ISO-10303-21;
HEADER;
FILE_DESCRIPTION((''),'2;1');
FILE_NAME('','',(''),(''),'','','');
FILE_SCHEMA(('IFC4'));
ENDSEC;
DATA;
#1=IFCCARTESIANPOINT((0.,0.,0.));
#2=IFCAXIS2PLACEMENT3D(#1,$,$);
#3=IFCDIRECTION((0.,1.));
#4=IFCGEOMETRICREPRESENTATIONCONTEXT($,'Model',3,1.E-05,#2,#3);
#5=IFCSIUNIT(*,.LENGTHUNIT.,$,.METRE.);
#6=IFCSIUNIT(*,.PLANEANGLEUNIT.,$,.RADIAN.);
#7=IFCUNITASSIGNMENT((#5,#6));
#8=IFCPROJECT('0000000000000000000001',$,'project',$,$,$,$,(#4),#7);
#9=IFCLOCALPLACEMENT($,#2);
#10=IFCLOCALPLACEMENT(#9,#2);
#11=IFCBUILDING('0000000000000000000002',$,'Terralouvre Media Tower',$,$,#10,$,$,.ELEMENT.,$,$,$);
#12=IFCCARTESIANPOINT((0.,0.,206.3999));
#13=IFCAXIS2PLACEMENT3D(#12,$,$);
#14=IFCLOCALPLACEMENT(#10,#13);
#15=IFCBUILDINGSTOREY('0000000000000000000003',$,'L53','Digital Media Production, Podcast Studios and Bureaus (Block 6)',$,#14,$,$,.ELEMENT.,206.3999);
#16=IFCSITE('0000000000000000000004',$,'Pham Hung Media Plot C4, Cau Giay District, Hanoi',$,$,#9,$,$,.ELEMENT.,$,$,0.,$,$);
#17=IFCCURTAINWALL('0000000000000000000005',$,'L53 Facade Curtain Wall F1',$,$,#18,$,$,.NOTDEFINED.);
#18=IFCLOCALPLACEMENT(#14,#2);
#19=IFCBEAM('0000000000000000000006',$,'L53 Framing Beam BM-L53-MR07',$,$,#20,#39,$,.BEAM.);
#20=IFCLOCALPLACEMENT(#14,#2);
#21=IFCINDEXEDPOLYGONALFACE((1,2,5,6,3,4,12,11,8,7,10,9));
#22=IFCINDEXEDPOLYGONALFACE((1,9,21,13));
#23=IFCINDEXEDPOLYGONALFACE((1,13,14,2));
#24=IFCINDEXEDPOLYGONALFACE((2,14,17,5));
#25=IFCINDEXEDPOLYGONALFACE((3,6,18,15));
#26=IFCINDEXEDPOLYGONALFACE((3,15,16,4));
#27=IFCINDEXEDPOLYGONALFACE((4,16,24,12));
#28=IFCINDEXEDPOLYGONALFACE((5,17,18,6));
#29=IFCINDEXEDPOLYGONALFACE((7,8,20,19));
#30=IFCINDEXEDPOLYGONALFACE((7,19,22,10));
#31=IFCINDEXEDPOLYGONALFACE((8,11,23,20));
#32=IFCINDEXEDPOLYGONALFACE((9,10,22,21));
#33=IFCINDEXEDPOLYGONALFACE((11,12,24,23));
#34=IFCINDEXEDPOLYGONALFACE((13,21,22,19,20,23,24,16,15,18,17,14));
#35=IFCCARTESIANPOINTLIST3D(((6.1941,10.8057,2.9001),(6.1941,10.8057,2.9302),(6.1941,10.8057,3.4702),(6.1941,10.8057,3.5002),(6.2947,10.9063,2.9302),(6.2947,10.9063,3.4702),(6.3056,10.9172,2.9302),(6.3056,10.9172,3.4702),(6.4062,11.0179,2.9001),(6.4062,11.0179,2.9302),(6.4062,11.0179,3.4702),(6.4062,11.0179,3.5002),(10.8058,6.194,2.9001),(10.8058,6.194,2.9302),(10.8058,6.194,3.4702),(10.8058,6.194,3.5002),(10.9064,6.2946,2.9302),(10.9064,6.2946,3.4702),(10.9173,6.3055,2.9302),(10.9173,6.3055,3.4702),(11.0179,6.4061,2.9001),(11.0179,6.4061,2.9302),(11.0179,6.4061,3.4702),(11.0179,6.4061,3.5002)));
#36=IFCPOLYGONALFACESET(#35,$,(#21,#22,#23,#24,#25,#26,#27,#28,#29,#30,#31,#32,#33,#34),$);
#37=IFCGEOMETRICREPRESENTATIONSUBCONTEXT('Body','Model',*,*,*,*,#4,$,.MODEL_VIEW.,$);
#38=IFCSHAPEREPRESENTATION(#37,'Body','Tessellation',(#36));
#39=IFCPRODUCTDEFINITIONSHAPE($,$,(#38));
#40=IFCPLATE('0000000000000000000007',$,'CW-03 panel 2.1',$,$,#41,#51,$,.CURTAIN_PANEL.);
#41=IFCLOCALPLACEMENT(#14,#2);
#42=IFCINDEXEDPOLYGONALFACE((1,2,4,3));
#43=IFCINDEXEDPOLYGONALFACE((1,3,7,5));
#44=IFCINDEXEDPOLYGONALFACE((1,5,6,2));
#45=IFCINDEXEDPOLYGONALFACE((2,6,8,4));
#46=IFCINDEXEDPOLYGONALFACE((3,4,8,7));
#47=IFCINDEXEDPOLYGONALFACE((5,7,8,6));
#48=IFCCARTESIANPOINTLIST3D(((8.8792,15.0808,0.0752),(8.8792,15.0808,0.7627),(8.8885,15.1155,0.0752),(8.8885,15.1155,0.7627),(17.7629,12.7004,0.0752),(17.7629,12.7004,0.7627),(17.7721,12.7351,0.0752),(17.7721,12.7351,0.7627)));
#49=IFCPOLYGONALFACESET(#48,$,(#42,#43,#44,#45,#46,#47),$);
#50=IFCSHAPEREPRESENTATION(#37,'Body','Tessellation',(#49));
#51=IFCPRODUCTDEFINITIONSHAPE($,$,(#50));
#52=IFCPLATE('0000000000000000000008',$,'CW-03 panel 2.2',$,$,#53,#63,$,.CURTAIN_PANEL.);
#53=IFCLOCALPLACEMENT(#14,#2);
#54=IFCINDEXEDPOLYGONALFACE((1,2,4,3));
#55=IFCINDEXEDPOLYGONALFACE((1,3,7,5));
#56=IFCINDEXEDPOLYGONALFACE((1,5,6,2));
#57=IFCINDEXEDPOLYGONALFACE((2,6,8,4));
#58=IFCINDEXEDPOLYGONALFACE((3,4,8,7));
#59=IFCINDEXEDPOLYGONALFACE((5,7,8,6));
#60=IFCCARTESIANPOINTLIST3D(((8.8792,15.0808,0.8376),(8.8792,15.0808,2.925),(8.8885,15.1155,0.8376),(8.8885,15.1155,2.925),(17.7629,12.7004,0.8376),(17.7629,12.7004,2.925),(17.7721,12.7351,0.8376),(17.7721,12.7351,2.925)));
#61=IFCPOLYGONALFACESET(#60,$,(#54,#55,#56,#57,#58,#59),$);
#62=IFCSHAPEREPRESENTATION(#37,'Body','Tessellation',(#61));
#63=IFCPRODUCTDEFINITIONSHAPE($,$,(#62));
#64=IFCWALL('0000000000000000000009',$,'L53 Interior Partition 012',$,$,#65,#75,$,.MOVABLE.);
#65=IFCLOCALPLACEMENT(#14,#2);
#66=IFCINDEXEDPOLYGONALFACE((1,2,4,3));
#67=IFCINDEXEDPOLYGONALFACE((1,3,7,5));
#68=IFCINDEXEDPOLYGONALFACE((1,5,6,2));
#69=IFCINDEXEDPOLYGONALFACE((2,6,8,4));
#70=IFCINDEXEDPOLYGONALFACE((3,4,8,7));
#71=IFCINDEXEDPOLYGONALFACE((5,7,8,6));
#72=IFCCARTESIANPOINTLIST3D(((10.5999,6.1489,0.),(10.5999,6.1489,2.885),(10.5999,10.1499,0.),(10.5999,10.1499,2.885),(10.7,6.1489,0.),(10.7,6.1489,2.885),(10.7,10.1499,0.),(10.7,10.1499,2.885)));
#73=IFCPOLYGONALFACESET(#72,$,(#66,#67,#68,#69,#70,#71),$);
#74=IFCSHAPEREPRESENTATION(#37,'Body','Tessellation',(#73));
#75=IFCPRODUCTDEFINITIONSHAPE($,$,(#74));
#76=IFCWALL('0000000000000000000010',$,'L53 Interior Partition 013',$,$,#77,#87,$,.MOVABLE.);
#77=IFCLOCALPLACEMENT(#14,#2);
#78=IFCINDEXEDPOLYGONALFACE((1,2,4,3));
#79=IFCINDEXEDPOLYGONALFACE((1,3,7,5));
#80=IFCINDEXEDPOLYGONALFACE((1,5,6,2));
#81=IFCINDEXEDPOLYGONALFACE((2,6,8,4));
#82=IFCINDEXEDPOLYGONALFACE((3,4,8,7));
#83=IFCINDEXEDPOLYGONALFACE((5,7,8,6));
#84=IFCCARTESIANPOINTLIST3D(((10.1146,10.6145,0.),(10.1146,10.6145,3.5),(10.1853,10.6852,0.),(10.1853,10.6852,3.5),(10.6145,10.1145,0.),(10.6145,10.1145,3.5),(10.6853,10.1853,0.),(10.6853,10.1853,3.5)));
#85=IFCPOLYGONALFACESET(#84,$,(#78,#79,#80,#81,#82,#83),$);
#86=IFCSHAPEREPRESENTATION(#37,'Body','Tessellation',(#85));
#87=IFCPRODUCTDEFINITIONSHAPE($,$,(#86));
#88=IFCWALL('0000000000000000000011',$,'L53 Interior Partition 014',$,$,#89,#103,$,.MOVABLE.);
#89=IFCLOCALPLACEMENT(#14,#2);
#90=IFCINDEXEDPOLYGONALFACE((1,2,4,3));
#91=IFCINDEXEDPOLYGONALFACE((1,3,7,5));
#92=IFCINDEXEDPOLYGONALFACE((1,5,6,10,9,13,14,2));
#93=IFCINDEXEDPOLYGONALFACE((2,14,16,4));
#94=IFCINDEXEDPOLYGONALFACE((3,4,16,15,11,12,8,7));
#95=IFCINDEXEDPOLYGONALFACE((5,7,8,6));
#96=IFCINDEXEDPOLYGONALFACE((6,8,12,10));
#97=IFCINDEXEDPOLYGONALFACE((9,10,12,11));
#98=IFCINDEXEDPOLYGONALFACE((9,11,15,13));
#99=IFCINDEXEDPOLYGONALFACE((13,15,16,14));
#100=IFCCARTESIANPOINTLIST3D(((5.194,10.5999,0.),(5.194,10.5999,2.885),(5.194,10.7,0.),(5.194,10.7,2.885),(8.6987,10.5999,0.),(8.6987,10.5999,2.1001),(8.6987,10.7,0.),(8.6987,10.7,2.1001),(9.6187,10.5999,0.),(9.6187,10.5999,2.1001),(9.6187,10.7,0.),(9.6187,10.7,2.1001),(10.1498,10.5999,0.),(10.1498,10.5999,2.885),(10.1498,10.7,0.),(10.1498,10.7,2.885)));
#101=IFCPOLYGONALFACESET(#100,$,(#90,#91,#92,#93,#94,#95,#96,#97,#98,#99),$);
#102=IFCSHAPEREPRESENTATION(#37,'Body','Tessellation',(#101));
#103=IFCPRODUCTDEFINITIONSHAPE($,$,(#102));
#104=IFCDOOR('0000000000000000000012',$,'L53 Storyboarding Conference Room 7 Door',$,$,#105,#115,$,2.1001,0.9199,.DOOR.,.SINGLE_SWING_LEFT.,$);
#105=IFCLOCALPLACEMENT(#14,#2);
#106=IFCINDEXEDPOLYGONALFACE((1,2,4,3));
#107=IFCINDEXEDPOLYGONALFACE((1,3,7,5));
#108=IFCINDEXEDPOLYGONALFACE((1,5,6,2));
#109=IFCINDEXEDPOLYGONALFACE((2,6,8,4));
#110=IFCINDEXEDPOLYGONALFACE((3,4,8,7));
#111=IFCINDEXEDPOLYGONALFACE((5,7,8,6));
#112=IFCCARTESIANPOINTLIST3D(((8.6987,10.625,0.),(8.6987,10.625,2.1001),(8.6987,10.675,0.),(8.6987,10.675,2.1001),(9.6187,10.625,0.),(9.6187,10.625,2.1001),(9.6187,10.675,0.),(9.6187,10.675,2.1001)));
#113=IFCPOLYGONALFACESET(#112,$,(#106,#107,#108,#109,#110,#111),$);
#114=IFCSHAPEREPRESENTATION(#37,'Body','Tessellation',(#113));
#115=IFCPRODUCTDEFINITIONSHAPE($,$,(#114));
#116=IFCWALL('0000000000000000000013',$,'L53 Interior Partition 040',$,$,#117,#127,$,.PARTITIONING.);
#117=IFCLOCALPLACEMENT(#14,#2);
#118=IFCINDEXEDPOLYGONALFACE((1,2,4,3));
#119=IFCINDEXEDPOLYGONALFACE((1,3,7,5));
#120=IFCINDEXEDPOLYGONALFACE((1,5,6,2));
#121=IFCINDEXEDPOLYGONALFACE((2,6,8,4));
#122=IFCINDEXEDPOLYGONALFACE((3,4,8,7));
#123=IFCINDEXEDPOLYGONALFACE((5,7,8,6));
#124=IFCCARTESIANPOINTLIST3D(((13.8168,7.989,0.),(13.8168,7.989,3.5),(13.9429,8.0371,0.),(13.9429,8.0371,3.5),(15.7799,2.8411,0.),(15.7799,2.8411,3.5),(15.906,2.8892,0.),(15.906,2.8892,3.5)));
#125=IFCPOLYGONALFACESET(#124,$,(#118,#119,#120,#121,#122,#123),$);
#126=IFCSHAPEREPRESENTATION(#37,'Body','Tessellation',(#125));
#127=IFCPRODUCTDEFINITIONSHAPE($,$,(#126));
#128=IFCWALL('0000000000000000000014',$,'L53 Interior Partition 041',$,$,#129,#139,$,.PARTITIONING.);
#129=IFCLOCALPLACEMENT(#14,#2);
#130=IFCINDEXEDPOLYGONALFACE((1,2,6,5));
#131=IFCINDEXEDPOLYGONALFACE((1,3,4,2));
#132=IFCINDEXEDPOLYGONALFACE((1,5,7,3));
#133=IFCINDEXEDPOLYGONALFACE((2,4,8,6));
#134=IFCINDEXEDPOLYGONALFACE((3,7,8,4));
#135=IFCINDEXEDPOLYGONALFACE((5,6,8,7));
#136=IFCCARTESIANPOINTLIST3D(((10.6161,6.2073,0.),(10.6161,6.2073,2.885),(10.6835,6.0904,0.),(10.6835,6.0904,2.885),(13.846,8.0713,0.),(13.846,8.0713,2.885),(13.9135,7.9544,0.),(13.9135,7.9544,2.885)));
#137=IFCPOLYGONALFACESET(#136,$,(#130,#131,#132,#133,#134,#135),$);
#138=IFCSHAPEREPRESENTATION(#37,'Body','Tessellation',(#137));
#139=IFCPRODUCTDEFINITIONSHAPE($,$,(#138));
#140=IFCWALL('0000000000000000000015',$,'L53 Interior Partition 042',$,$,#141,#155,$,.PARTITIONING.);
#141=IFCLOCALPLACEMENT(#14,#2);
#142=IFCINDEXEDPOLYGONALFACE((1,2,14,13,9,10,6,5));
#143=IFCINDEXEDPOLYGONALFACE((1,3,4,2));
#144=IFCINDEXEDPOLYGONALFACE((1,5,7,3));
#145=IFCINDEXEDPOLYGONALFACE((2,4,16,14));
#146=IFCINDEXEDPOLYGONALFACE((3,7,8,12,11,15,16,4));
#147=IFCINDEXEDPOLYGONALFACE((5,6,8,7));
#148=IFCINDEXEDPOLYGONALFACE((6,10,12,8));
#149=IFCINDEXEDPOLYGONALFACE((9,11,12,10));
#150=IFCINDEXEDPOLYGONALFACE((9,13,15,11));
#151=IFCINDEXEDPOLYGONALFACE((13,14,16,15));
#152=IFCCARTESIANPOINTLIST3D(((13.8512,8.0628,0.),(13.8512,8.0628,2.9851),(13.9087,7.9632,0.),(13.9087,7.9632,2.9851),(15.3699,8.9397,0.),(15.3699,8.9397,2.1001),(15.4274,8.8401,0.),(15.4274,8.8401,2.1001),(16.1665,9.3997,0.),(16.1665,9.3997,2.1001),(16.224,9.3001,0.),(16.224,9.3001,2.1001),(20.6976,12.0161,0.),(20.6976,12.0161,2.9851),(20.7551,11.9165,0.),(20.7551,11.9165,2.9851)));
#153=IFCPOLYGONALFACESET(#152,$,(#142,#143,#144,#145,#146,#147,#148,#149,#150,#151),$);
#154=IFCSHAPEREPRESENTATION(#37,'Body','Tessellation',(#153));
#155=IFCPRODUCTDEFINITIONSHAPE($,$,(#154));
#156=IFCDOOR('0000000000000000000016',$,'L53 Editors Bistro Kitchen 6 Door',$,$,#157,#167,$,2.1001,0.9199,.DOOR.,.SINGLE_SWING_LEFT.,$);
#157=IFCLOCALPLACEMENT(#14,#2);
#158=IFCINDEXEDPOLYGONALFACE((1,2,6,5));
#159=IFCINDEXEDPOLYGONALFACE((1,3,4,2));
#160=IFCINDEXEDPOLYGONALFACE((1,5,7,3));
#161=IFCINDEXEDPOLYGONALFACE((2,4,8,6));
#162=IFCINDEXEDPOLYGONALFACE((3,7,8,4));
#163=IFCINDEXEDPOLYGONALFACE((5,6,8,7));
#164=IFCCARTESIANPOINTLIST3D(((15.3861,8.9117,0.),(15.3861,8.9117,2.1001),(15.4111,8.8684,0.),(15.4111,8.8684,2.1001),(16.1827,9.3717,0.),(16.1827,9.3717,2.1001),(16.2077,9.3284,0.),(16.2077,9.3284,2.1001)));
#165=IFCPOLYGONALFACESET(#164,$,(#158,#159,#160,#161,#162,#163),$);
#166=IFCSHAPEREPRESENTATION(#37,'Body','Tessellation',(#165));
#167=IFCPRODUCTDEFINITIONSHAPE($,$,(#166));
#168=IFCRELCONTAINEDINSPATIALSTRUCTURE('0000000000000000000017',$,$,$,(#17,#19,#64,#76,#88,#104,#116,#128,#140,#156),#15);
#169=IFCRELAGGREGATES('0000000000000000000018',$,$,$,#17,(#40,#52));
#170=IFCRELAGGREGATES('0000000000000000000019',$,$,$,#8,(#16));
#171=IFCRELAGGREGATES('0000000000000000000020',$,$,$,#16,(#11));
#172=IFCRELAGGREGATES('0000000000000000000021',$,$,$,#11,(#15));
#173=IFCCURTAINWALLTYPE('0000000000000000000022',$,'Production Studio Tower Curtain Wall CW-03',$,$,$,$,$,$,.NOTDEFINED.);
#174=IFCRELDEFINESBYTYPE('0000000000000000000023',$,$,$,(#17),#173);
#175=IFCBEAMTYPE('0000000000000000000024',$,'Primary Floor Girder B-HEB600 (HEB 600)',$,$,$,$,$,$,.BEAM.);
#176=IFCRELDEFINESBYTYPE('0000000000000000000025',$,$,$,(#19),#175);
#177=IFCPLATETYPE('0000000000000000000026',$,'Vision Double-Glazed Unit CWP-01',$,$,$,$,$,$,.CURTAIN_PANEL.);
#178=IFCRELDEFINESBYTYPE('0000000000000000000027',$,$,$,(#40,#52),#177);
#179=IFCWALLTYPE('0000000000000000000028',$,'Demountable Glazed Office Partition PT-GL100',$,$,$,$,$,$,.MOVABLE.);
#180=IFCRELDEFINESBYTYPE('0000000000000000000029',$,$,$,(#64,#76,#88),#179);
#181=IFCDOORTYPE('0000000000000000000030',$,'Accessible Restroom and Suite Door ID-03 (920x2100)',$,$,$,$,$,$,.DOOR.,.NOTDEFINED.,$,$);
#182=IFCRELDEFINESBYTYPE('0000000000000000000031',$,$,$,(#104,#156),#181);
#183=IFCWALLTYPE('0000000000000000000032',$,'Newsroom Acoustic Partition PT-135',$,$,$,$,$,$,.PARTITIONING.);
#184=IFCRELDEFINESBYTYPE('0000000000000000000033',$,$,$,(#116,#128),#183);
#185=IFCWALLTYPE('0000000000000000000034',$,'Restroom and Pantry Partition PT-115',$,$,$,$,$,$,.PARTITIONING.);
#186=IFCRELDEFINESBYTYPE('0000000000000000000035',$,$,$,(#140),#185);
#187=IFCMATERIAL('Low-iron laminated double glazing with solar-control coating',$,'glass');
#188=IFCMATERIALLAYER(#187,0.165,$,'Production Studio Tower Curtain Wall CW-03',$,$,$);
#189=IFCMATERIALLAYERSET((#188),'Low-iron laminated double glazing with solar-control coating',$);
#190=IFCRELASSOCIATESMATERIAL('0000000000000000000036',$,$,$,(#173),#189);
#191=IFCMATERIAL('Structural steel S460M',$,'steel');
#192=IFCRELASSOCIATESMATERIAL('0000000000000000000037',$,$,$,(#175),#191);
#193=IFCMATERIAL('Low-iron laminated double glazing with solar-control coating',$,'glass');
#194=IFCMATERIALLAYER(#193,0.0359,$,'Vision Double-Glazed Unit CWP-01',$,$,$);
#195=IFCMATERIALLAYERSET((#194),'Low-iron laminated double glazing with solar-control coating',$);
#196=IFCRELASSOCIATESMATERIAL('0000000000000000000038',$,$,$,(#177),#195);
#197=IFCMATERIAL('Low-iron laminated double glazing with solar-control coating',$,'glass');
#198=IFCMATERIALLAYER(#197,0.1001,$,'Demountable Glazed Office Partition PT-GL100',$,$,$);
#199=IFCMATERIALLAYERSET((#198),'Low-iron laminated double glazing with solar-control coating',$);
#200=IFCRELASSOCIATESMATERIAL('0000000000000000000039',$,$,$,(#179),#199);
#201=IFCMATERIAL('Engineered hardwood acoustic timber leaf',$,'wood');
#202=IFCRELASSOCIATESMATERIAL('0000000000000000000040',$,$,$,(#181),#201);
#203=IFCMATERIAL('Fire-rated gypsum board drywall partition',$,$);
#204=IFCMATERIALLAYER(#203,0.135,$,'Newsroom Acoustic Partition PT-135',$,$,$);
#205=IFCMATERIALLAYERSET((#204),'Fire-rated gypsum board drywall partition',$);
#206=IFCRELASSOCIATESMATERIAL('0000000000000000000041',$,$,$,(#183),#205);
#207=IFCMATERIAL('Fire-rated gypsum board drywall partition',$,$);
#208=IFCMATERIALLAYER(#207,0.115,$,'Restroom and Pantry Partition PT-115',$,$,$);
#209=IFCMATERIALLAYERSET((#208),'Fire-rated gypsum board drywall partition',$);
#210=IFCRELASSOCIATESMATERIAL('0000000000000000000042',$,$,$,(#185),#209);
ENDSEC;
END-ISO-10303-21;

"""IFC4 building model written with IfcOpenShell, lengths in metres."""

from ifc_helpers import new_model, si_unit, direction, frame, frame_2d, origin, origin_2d, place, context, subcontext, project, spatial, rectangle, i_section, extrude, material, layer, layer_set, material_profile, profile_set, type_object, element, fill, aggregate, save


model = new_model("IFC4")

# Units and contexts
model_context = context("Model", 3, precision=1e-05, world=origin(), true_north=direction((0.0, 1.0)))
body_context = subcontext(model_context, "Body", "Model", "MODEL_VIEW")
ifc_project = project(units=[si_unit("LENGTHUNIT", "METRE"), si_unit("PLANEANGLEUNIT", "RADIAN")], contexts=[model_context])

# Site, building, storey
site_placement = place(None, origin())
site = spatial("IfcSite", under=ifc_project, at=site_placement, Name="Pham Hung Media Plot C4, Cau Giay District, Hanoi", CompositionType="ELEMENT", RefElevation=0.0)
building_placement = place(site_placement, origin())
building = spatial("IfcBuilding", under=site, at=building_placement, Name="Terralouvre Media Tower", CompositionType="ELEMENT")
storey_placement = place(building_placement, frame((0.0, 0.0, 206.3999)))
storey = spatial("IfcBuildingStorey", under=building, at=storey_placement, Name="L53", Description="Digital Media Production, Podcast Studios and Bureaus (Block 6)", CompositionType="ELEMENT", Elevation=206.3999)

# Curtain wall
ifc_material_1 = material(Name="Low-iron laminated double glazing with solar-control coating", Category="glass")
ifc_layer_1 = layer(ifc_material_1, 0.165, Name="Production Studio Tower Curtain Wall CW-03")
ifc_layer_set_1 = layer_set([ifc_layer_1], Name="Low-iron laminated double glazing with solar-control coating")
curtain_wall_type = type_object("IfcCurtainWallType", Name="Production Studio Tower Curtain Wall CW-03", PredefinedType="NOTDEFINED", material=ifc_layer_set_1)
curtain_wall_placement = place(storey_placement, origin())
curtain_wall = element("IfcCurtainWall", 1, at=curtain_wall_placement, inside=storey, type_object=curtain_wall_type, Name="L53 Facade Curtain Wall F1", PredefinedType="NOTDEFINED")

# Beam
ifc_material_2 = material(Name="Structural steel S460M", Category="steel")
ifc_material_profile_1 = material_profile(ifc_material_2, i_section(OverallWidth=0.3, OverallDepth=0.6001, WebThickness=0.0154, FlangeThickness=0.03, at=origin_2d()), Name="HEB 600")
ifc_profile_set_1 = profile_set([ifc_material_profile_1], Name="Structural steel S460M")
beam_type_1 = type_object("IfcBeamType", Name="Primary Floor Girder B-HEB600 (HEB 600)", PredefinedType="BEAM", material=ifc_profile_set_1)
beam_1_placement = place(storey_placement, frame((10.9119, 6.3, 3.2002), z_axis=(-0.707107, 0.707107, 0.0), x_axis=(-0.707107, -0.707107, 0.0)))
element("IfcBeam", 2, at=beam_1_placement, inside=storey, type_object=beam_type_1, Name="L53 Framing Beam BM-L53-MR07", PredefinedType="BEAM", context=body_context, shape_type="SweptSolid", body=[
    extrude(i_section(OverallWidth=0.3, OverallDepth=0.6001, WebThickness=0.0154, FlangeThickness=0.03, at=origin_2d()), origin(), (0.0, 0.0, 1.0), 6.522),
])

# Plates
ifc_material_3 = material(Name="Low-iron laminated double glazing with solar-control coating", Category="glass")
ifc_layer_2 = layer(ifc_material_3, 0.0359, Name="Vision Double-Glazed Unit CWP-01")
ifc_layer_set_2 = layer_set([ifc_layer_2], Name="Low-iron laminated double glazing with solar-control coating")
plate_type = type_object("IfcPlateType", Name="Vision Double-Glazed Unit CWP-01", PredefinedType="CURTAIN_PANEL", material=ifc_layer_set_2)
plate_1_placement = place(storey_placement, frame((13.3257, 13.908, 0.0752), z_axis=(0.0, 0.0, 1.0), x_axis=(-0.965926, 0.258819, 0.0)))
plate_1 = element("IfcPlate", 3, at=plate_1_placement, type_object=plate_type, Name="CW-03 panel 2.1", PredefinedType="CURTAIN_PANEL", context=body_context, shape_type="SweptSolid", body=[
    extrude(rectangle(XDim=9.197, YDim=0.0359, at=origin_2d()), origin(), (0.0, 0.0, 1.0), 0.6875),
])
plate_2_placement = place(storey_placement, frame((13.3257, 13.908, 0.8376), z_axis=(0.0, 0.0, 1.0), x_axis=(-0.965926, 0.258819, 0.0)))
plate_2 = element("IfcPlate", 4, at=plate_2_placement, type_object=plate_type, Name="CW-03 panel 2.2", PredefinedType="CURTAIN_PANEL", context=body_context, shape_type="SweptSolid", body=[
    extrude(rectangle(XDim=9.197, YDim=0.0359, at=origin_2d()), origin(), (0.0, 0.0, 1.0), 2.0874),
])
aggregate(curtain_wall, [plate_1, plate_2])

# Walls
ifc_material_4 = material(Name="Low-iron laminated double glazing with solar-control coating", Category="glass")
ifc_layer_3 = layer(ifc_material_4, 0.1001, Name="Demountable Glazed Office Partition PT-GL100")
ifc_layer_set_3 = layer_set([ifc_layer_3], Name="Low-iron laminated double glazing with solar-control coating")
wall_type_1 = type_object("IfcWallType", Name="Demountable Glazed Office Partition PT-GL100", PredefinedType="MOVABLE", material=ifc_layer_set_3)
wall_1_placement = place(storey_placement, frame((10.6499, 6.1489, 0.0), z_axis=(0.0, 0.0, 1.0), x_axis=(0.0, 1.0, 0.0)))
element("IfcWall", 5, at=wall_1_placement, inside=storey, type_object=wall_type_1, Name="L53 Interior Partition 012", PredefinedType="MOVABLE", context=body_context, shape_type="SweptSolid", body=[
    extrude(rectangle(XDim=4.001, YDim=0.1001, at=frame_2d((2.0005, 0.0))), origin(), (0.0, 0.0, 1.0), 2.885),
])
wall_2_placement = place(storey_placement, frame((10.6499, 10.1499, 0.0), z_axis=(0.0, 0.0, 1.0), x_axis=(-0.707107, 0.707107, 0.0)))
element("IfcWall", 6, at=wall_2_placement, inside=storey, type_object=wall_type_1, Name="L53 Interior Partition 013", PredefinedType="MOVABLE", context=body_context, shape_type="SweptSolid", body=[
    extrude(rectangle(XDim=0.707, YDim=0.1001, at=frame_2d((0.3535, 0.0))), origin(), (0.0, 0.0, 1.0), 3.5),
])

# Wall, opening, door
wall_3_placement = place(storey_placement, frame((10.1499, 10.6499, 0.0), z_axis=(0.0, 0.0, 1.0), x_axis=(-1.0, 0.0, 0.0)))
wall_3 = element("IfcWall", 7, at=wall_3_placement, inside=storey, type_object=wall_type_1, Name="L53 Interior Partition 014", PredefinedType="MOVABLE", context=body_context, shape_type="SweptSolid", body=[
    extrude(rectangle(XDim=4.9558, YDim=0.1001, at=frame_2d((2.478, 0.0))), origin(), (0.0, 0.0, 1.0), 2.885),
])
opening_1_placement = place(wall_3_placement, frame((0.5312, 0.0, 0.0)))
opening_1 = element("IfcOpeningElement", 8, at=opening_1_placement, cuts=wall_3, PredefinedType="OPENING", context=body_context, shape_type="SweptSolid", body=[
    extrude(rectangle(XDim=0.9199, YDim=2.1001, at=frame_2d((0.46, 1.05))), frame((0.0, 0.0601, 0.0), z_axis=(0.0, -1.0, 0.0), x_axis=(1.0, 0.0, 0.0)), (0.0, 0.0, 1.0), 0.1201),
])
ifc_material_5 = material(Name="Engineered hardwood acoustic timber leaf", Category="wood")
door_type = type_object("IfcDoorType", Name="Accessible Restroom and Suite Door ID-03 (920x2100)", OperationType="NOTDEFINED", PredefinedType="DOOR", material=ifc_material_5)
door_1_placement = place(opening_1_placement, origin())
door_1 = element("IfcDoor", 9, at=door_1_placement, inside=storey, type_object=door_type, Name="L53 Storyboarding Conference Room 7 Door", OperationType="SINGLE_SWING_LEFT", OverallHeight=2.1001, OverallWidth=0.9199, PredefinedType="DOOR", context=body_context, shape_type="SweptSolid", body=[
    extrude(rectangle(XDim=0.9199, YDim=2.1001, at=frame_2d((0.46, 1.05))), frame((0.0, 0.0249, 0.0), z_axis=(0.0, -1.0, 0.0), x_axis=(1.0, 0.0, 0.0)), (0.0, 0.0, 1.0), 0.05),
])
fill(opening_1, door_1)

# Walls
ifc_material_6 = material(Name="Fire-rated gypsum board drywall partition")
ifc_layer_4 = layer(ifc_material_6, 0.135, Name="Newsroom Acoustic Partition PT-135")
ifc_layer_set_4 = layer_set([ifc_layer_4], Name="Fire-rated gypsum board drywall partition")
wall_type_2 = type_object("IfcWallType", Name="Newsroom Acoustic Partition PT-135", PredefinedType="PARTITIONING", material=ifc_layer_set_4)
wall_4_placement = place(storey_placement, frame((15.843, 2.865, 0.0), z_axis=(0.0, 0.0, 1.0), x_axis=(-0.356314, 0.934366, 0.0)))
element("IfcWall", 10, at=wall_4_placement, inside=storey, type_object=wall_type_2, Name="L53 Interior Partition 040", PredefinedType="PARTITIONING", context=body_context, shape_type="SweptSolid", body=[
    extrude(rectangle(XDim=5.5095, YDim=0.135, at=frame_2d((2.7549, 0.0))), origin(), (0.0, 0.0, 1.0), 3.5),
])
wall_5_placement = place(storey_placement, frame((13.8799, 8.0129, 0.0), z_axis=(0.0, 0.0, 1.0), x_axis=(-0.86612, -0.499836, 0.0)))
element("IfcWall", 11, at=wall_5_placement, inside=storey, type_object=wall_type_2, Name="L53 Interior Partition 041", PredefinedType="PARTITIONING", context=body_context, shape_type="SweptSolid", body=[
    extrude(rectangle(XDim=3.7292, YDim=0.135, at=frame_2d((1.8647, 0.0))), origin(), (0.0, 0.0, 1.0), 2.885),
])

# Wall, opening, door
ifc_material_7 = material(Name="Fire-rated gypsum board drywall partition")
ifc_layer_5 = layer(ifc_material_7, 0.115, Name="Restroom and Pantry Partition PT-115")
ifc_layer_set_5 = layer_set([ifc_layer_5], Name="Fire-rated gypsum board drywall partition")
wall_type_3 = type_object("IfcWallType", Name="Restroom and Pantry Partition PT-115", PredefinedType="PARTITIONING", material=ifc_layer_set_5)
wall_6_placement = place(storey_placement, frame((20.7263, 11.9663, 0.0), z_axis=(0.0, 0.0, 1.0), x_axis=(-0.865994, -0.500055, 0.0)))
wall_6 = element("IfcWall", 12, at=wall_6_placement, inside=storey, type_object=wall_type_3, Name="L53 Interior Partition 042", PredefinedType="PARTITIONING", context=body_context, shape_type="SweptSolid", body=[
    extrude(rectangle(XDim=7.9058, YDim=0.115, at=frame_2d((3.9529, 0.0))), origin(), (0.0, 0.0, 1.0), 2.9851),
])
opening_2_placement = place(wall_6_placement, frame((5.2322, 0.0, 0.0)))
opening_2 = element("IfcOpeningElement", 13, at=opening_2_placement, cuts=wall_6, PredefinedType="OPENING", context=body_context, shape_type="SweptSolid", body=[
    extrude(rectangle(XDim=0.9199, YDim=2.1001, at=frame_2d((0.46, 1.05))), frame((0.0, 0.0674, 0.0), z_axis=(0.0, -1.0, 0.0), x_axis=(1.0, 0.0, 0.0)), (0.0, 0.0, 1.0), 0.135),
])
door_2_placement = place(opening_2_placement, origin())
door_2 = element("IfcDoor", 14, at=door_2_placement, inside=storey, type_object=door_type, Name="L53 Editors Bistro Kitchen 6 Door", OperationType="SINGLE_SWING_LEFT", OverallHeight=2.1001, OverallWidth=0.9199, PredefinedType="DOOR", context=body_context, shape_type="SweptSolid", body=[
    extrude(rectangle(XDim=0.9199, YDim=2.1001, at=frame_2d((0.46, 1.05))), frame((0.0, 0.0249, 0.0), z_axis=(0.0, -1.0, 0.0), x_axis=(1.0, 0.0, 0.0)), (0.0, 0.0, 1.0), 0.05),
])
fill(opening_2, door_2)

save(model, "model.ifc")
